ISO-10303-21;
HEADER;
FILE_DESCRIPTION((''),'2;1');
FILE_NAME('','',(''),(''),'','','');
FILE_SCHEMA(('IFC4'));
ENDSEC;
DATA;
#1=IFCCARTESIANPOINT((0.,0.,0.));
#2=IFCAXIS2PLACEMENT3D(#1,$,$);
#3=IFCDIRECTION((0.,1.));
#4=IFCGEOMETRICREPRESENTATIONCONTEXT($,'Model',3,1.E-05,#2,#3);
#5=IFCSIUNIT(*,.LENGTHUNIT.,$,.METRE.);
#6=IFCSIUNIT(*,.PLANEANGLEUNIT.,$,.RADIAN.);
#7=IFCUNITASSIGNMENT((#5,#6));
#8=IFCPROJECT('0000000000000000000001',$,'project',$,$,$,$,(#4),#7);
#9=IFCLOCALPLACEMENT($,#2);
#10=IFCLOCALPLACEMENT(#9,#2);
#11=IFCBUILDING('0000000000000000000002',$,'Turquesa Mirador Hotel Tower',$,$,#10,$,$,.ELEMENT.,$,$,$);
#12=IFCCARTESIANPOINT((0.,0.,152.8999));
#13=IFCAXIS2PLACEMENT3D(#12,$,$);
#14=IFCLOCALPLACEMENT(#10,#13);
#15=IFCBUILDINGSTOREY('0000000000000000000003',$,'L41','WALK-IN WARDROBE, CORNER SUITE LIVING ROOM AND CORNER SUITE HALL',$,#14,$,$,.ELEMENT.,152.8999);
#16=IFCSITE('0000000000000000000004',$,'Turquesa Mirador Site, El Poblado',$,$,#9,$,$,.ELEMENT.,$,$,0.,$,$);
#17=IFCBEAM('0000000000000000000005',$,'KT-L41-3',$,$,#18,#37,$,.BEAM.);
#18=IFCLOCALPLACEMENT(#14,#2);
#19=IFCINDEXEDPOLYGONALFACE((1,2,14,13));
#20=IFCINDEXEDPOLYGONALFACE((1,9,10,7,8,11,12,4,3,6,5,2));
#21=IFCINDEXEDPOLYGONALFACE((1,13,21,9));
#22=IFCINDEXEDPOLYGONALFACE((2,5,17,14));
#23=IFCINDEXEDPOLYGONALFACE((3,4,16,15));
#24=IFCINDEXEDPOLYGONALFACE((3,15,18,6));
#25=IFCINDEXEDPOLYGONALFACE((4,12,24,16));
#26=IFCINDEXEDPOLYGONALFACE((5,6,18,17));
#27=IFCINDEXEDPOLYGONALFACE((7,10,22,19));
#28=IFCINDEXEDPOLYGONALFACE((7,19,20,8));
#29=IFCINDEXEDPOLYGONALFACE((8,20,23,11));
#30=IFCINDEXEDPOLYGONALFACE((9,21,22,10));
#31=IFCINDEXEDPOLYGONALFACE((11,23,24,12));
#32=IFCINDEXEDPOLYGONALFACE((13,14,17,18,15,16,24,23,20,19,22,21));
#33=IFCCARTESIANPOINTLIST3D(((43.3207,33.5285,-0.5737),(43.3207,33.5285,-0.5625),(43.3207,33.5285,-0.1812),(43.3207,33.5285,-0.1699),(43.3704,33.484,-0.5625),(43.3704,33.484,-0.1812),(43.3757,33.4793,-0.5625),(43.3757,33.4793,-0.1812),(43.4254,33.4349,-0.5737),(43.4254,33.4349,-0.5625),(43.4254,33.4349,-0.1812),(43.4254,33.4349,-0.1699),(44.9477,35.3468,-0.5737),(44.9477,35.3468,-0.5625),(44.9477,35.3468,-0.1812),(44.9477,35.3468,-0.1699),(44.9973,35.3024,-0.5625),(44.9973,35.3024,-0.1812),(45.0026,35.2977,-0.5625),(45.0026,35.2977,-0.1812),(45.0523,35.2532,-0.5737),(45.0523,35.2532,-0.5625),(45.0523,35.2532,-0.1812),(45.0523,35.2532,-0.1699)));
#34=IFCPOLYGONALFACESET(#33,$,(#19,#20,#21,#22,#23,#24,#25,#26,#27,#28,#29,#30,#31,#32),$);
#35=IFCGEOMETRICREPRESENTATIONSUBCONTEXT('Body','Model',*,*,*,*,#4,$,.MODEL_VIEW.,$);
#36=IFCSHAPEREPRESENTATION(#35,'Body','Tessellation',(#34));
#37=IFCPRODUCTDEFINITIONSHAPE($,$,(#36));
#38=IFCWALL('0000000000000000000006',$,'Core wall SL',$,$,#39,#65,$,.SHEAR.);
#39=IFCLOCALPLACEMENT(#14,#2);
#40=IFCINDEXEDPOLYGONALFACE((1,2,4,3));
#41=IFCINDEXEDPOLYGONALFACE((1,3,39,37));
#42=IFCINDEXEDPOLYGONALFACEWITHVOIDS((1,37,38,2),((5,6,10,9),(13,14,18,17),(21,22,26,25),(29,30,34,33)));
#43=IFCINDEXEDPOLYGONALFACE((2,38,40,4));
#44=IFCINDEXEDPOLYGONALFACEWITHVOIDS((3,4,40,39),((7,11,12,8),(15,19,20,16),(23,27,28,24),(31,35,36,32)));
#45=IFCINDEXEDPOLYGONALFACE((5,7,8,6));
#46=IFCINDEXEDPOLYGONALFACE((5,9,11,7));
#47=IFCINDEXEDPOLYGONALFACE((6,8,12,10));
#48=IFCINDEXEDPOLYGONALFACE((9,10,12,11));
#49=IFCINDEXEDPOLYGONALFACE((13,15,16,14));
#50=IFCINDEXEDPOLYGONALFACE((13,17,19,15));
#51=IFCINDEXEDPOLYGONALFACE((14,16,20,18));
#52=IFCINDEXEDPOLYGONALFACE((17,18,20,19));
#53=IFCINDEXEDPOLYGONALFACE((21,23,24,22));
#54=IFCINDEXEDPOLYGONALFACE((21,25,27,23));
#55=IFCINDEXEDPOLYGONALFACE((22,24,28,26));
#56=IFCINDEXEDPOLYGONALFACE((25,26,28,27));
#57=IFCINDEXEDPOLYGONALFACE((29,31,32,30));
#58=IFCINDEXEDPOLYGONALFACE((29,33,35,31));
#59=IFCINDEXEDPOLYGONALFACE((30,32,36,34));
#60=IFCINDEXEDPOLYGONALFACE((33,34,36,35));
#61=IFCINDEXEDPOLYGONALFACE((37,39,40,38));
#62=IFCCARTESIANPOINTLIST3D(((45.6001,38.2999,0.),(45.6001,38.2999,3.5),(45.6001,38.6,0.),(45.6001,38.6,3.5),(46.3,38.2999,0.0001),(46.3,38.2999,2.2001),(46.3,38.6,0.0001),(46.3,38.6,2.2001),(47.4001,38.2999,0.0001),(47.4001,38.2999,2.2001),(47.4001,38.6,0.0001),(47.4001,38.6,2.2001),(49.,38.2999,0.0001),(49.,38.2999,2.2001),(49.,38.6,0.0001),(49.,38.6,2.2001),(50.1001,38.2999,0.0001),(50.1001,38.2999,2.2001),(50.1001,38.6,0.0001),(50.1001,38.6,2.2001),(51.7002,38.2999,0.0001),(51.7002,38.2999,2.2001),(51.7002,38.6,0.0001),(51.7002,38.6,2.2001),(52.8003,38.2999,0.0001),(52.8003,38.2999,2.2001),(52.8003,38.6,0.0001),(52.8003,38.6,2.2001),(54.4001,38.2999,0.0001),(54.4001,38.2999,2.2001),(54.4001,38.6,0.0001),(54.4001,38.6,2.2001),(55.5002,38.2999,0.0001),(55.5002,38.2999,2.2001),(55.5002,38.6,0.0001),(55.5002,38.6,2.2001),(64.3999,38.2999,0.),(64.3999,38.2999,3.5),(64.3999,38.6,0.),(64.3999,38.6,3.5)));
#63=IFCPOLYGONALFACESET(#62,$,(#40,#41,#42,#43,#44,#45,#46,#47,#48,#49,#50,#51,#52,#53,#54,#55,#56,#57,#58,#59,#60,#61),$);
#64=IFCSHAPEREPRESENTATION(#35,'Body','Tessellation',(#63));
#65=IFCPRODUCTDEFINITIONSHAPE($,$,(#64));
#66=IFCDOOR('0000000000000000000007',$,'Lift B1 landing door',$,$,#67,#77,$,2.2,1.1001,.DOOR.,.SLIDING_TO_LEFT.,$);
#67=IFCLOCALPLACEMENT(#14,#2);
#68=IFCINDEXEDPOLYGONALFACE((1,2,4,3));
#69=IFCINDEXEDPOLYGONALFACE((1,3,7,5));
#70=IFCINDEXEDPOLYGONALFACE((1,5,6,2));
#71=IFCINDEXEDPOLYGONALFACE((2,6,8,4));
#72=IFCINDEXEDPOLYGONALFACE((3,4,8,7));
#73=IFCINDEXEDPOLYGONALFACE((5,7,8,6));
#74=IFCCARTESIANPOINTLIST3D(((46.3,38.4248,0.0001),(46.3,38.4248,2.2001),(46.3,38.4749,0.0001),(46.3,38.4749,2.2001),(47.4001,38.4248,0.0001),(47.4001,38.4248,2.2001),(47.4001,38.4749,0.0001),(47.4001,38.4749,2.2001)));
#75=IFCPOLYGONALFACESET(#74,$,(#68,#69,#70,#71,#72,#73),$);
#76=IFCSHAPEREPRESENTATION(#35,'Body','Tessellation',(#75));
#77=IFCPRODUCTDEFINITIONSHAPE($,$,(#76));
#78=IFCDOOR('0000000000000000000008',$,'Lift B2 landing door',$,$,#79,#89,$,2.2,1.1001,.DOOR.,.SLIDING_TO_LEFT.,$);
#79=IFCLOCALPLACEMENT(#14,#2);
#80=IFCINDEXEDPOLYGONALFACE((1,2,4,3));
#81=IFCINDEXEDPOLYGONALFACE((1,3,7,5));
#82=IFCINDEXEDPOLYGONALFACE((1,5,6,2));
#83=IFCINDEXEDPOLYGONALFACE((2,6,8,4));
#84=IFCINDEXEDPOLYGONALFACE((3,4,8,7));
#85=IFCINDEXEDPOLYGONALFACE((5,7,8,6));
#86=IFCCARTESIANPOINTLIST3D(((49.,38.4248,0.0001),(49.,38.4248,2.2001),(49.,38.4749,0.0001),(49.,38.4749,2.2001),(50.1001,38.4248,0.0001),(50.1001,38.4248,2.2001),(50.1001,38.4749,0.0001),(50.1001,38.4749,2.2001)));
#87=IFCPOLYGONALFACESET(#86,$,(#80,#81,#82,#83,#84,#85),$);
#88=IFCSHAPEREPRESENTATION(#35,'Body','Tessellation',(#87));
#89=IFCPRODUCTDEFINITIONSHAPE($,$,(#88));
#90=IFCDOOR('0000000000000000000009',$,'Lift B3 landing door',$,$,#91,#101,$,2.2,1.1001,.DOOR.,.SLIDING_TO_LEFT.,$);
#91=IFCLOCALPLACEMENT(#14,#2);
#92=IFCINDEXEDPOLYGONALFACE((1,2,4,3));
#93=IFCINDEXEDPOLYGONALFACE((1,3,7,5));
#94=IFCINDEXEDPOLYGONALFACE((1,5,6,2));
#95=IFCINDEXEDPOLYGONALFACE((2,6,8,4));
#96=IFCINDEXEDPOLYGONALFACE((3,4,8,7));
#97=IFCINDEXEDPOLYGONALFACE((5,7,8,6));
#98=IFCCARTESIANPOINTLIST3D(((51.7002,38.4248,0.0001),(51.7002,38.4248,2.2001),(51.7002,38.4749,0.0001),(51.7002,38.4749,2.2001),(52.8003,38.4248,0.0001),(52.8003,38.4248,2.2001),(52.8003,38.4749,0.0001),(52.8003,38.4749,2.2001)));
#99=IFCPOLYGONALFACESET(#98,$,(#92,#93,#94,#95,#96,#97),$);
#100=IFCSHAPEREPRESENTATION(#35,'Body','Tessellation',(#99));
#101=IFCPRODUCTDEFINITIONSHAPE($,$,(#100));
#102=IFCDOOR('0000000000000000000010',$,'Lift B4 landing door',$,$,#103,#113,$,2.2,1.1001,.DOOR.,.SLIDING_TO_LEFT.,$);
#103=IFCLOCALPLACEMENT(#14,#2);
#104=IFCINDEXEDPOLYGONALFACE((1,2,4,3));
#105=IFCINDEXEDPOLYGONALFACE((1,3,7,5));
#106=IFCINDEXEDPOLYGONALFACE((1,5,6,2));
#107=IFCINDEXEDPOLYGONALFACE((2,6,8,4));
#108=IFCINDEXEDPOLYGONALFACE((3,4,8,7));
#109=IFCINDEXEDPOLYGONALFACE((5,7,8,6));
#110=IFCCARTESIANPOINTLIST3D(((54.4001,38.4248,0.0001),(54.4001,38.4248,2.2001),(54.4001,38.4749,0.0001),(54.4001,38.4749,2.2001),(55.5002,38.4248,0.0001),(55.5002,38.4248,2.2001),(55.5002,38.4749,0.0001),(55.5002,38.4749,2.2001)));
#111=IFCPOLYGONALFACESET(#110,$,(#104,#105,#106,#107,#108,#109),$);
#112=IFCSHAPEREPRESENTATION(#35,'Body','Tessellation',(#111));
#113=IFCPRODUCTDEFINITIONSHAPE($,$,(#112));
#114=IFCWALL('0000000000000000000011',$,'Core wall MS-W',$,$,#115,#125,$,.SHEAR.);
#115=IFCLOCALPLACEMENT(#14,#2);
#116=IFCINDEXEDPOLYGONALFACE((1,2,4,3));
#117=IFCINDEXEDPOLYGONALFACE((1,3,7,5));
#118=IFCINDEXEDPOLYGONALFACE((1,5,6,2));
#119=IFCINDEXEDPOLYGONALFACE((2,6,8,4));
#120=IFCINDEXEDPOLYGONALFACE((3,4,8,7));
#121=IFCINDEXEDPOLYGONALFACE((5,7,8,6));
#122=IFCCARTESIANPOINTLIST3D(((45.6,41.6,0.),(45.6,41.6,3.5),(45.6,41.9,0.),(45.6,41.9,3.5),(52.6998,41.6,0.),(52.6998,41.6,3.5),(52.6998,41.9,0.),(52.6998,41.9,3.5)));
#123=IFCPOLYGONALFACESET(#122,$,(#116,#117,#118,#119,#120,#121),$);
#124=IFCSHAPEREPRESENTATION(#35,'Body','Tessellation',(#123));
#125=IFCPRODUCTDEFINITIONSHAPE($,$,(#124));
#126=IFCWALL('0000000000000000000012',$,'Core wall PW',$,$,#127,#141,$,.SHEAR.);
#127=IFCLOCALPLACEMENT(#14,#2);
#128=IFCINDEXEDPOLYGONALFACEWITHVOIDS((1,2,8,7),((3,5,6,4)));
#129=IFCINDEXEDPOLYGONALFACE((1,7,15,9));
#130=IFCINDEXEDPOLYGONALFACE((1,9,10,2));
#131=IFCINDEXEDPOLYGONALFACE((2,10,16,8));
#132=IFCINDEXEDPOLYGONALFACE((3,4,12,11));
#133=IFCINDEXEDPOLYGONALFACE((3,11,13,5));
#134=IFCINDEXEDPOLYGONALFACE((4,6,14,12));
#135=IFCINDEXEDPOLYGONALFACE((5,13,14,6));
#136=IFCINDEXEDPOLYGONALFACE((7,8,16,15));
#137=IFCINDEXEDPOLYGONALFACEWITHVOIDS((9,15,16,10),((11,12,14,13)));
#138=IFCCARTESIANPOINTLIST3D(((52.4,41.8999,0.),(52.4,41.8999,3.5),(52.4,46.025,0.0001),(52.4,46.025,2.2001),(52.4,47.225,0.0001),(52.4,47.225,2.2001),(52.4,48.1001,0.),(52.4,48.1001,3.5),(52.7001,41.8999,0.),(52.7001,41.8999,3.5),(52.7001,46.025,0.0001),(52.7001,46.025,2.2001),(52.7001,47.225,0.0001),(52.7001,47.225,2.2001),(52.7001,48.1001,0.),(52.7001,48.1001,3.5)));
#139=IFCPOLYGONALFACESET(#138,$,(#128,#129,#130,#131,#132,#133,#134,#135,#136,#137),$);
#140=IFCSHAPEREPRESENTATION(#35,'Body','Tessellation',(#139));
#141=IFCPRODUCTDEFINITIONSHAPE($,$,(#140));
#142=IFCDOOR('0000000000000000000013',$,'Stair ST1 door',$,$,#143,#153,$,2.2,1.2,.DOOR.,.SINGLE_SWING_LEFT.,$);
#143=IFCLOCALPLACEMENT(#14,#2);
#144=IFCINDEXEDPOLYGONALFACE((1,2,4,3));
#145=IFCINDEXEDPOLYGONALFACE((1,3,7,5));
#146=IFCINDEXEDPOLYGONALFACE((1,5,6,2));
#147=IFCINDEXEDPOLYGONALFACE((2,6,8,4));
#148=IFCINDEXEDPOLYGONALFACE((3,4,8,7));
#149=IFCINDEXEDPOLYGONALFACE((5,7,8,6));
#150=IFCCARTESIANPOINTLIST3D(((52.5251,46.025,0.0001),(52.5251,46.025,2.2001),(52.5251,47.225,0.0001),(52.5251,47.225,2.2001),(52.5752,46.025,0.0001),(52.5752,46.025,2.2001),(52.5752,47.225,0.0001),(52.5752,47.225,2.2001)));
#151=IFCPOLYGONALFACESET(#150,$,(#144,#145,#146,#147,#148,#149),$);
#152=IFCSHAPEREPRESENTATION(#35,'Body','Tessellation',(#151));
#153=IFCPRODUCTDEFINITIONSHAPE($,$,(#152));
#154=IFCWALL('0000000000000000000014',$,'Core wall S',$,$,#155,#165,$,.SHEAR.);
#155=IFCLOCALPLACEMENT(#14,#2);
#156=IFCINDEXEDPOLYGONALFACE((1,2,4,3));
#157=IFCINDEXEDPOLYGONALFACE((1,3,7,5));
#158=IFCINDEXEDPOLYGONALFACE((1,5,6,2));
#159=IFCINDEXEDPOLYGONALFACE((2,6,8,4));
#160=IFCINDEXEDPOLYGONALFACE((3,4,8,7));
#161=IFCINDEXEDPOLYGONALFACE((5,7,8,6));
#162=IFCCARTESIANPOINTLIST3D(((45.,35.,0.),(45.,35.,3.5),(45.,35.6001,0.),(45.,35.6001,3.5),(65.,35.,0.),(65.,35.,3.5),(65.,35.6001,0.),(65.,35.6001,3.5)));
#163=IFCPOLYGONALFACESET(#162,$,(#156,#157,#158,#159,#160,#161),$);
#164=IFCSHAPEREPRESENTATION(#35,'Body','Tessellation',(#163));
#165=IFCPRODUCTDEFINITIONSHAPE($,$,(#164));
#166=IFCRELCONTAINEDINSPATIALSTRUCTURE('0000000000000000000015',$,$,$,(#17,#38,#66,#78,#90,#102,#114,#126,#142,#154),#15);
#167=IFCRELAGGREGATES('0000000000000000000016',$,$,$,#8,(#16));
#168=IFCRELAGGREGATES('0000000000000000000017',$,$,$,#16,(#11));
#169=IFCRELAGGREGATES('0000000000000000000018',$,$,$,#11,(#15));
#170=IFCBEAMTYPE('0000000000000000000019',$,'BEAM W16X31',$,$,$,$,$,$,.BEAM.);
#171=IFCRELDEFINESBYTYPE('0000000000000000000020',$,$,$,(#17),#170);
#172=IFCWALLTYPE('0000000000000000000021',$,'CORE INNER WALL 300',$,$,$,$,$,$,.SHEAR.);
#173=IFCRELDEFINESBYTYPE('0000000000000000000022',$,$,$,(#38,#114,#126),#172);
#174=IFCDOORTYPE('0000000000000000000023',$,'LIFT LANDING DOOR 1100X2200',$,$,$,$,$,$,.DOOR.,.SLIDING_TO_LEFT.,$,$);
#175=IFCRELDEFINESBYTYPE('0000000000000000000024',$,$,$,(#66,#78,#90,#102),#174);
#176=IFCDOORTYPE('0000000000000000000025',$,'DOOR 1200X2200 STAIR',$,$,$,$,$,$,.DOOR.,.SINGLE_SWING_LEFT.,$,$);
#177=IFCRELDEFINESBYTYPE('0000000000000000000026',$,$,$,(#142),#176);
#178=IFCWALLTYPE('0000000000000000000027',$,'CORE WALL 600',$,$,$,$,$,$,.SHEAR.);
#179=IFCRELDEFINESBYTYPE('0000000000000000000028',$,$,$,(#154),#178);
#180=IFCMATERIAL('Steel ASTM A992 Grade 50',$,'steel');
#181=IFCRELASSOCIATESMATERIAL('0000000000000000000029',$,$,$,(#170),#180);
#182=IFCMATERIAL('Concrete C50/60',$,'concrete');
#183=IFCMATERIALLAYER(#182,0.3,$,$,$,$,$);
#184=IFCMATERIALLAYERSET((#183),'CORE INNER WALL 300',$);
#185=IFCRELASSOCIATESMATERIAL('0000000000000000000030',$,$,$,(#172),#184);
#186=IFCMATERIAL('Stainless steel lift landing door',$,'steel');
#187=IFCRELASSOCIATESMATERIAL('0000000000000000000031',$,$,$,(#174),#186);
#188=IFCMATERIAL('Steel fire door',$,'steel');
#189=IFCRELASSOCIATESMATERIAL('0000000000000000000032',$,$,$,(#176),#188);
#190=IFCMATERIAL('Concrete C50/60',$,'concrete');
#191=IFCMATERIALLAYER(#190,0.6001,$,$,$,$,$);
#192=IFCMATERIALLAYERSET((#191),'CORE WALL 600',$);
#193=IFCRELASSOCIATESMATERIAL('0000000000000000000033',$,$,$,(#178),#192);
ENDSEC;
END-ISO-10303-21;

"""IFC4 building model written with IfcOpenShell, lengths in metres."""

from ifc_helpers import new_model, si_unit, direction, frame, frame_2d, origin, origin_2d, place, context, subcontext, project, spatial, rectangle, i_section, extrude, material, layer, layer_set, material_profile, profile_set, type_object, element, fill, save


model = new_model("IFC4")

# Units and contexts
model_context = context("Model", 3, precision=1e-05, world=origin(), true_north=direction((0.0, 1.0)))
body_context = subcontext(model_context, "Body", "Model", "MODEL_VIEW")
ifc_project = project(units=[si_unit("LENGTHUNIT", "METRE"), si_unit("PLANEANGLEUNIT", "RADIAN")], contexts=[model_context])

# Site, building, storey
site_placement = place(None, origin())
site = spatial("IfcSite", under=ifc_project, at=site_placement, Name="Turquesa Mirador Site, El Poblado", CompositionType="ELEMENT", RefElevation=0.0)
building_placement = place(site_placement, origin())
building = spatial("IfcBuilding", under=site, at=building_placement, Name="Turquesa Mirador Hotel Tower", CompositionType="ELEMENT")
storey_placement = place(building_placement, frame((0.0, 0.0, 152.8999)))
storey = spatial("IfcBuildingStorey", under=building, at=storey_placement, Name="L41", Description="WALK-IN WARDROBE, CORNER SUITE LIVING ROOM AND CORNER SUITE HALL", CompositionType="ELEMENT", Elevation=152.8999)

# Beam
ifc_material_1 = material(Name="Steel ASTM A992 Grade 50", Category="steel")
ifc_material_profile = material_profile(ifc_material_1, i_section(OverallWidth=0.1404, OverallDepth=0.4038, WebThickness=0.0071, FlangeThickness=0.0112, at=origin_2d()), Name="W16X31")
ifc_profile_set = profile_set([ifc_material_profile], Name="Steel ASTM A992 Grade 50")
beam_type = type_object("IfcBeamType", Name="BEAM W16X31", PredefinedType="BEAM", material=ifc_profile_set)
beam_placement = place(storey_placement, frame((43.373, 33.4817, -0.3718), z_axis=(0.666795, 0.745241, 0.0), x_axis=(-0.745241, 0.666795, 0.0)))
element("IfcBeam", 1, at=beam_placement, inside=storey, type_object=beam_type, Name="KT-L41-3", PredefinedType="BEAM", context=body_context, shape_type="SweptSolid", body=[
    extrude(i_section(OverallWidth=0.1404, OverallDepth=0.4038, WebThickness=0.0071, FlangeThickness=0.0112, at=origin_2d()), origin(), (0.0, 0.0, 1.0), 2.4399),
])

# Wall, openings, doors
ifc_material_2 = material(Name="Concrete C50/60", Category="concrete")
ifc_layer_1 = layer(ifc_material_2, 0.3)
ifc_layer_set_1 = layer_set([ifc_layer_1], Name="CORE INNER WALL 300")
wall_type_1 = type_object("IfcWallType", Name="CORE INNER WALL 300", PredefinedType="SHEAR", material=ifc_layer_set_1)
wall_1_placement = place(storey_placement, frame((45.6001, 38.45, 0.0), z_axis=(0.0, 0.0, 1.0), x_axis=(1.0, 0.0, 0.0)))
wall_1 = element("IfcWall", 2, at=wall_1_placement, inside=storey, type_object=wall_type_1, Name="Core wall SL", PredefinedType="SHEAR", context=body_context, shape_type="SweptSolid", body=[
    extrude(rectangle(XDim=18.7998, YDim=0.3, at=frame_2d((9.3999, 0.0))), origin(), (0.0, 0.0, 1.0), 3.5),
])
opening_1_placement = place(wall_1_placement, frame((0.7, 0.0, 0.0)))
opening_1 = element("IfcOpeningElement", 3, at=opening_1_placement, cuts=wall_1, PredefinedType="OPENING", context=body_context, shape_type="SweptSolid", body=[
    extrude(rectangle(XDim=1.1001, YDim=2.2, at=frame_2d((0.55, 1.1001))), frame((0.0, 0.1599, 0.0), z_axis=(0.0, -1.0, 0.0), x_axis=(1.0, 0.0, 0.0)), (0.0, 0.0, 1.0), 0.3201),
])
opening_2_placement = place(wall_1_placement, frame((3.3999, 0.0, 0.0)))
opening_2 = element("IfcOpeningElement", 4, at=opening_2_placement, cuts=wall_1, PredefinedType="OPENING", context=body_context, shape_type="SweptSolid", body=[
    extrude(rectangle(XDim=1.1001, YDim=2.2, at=frame_2d((0.55, 1.1001))), frame((0.0, 0.1599, 0.0), z_axis=(0.0, -1.0, 0.0), x_axis=(1.0, 0.0, 0.0)), (0.0, 0.0, 1.0), 0.3201),
])
opening_3_placement = place(wall_1_placement, frame((6.1001, 0.0, 0.0)))
opening_3 = element("IfcOpeningElement", 5, at=opening_3_placement, cuts=wall_1, PredefinedType="OPENING", context=body_context, shape_type="SweptSolid", body=[
    extrude(rectangle(XDim=1.1001, YDim=2.2, at=frame_2d((0.55, 1.1001))), frame((0.0, 0.1599, 0.0), z_axis=(0.0, -1.0, 0.0), x_axis=(1.0, 0.0, 0.0)), (0.0, 0.0, 1.0), 0.3201),
])
opening_4_placement = place(wall_1_placement, frame((8.8, 0.0, 0.0)))
opening_4 = element("IfcOpeningElement", 6, at=opening_4_placement, cuts=wall_1, PredefinedType="OPENING", context=body_context, shape_type="SweptSolid", body=[
    extrude(rectangle(XDim=1.1001, YDim=2.2, at=frame_2d((0.55, 1.1001))), frame((0.0, 0.1599, 0.0), z_axis=(0.0, -1.0, 0.0), x_axis=(1.0, 0.0, 0.0)), (0.0, 0.0, 1.0), 0.3201),
])
ifc_material_3 = material(Name="Stainless steel lift landing door", Category="steel")
door_type_1 = type_object("IfcDoorType", Name="LIFT LANDING DOOR 1100X2200", OperationType="SLIDING_TO_LEFT", PredefinedType="DOOR", material=ifc_material_3)
door_1_placement = place(opening_1_placement, origin())
door_1 = element("IfcDoor", 7, at=door_1_placement, inside=storey, type_object=door_type_1, Name="Lift B1 landing door", OperationType="SLIDING_TO_LEFT", OverallHeight=2.2, OverallWidth=1.1001, PredefinedType="DOOR", context=body_context, shape_type="SweptSolid", body=[
    extrude(rectangle(XDim=1.1001, YDim=2.2, at=frame_2d((0.55, 1.1001))), frame((0.0, 0.0249, 0.0), z_axis=(0.0, -1.0, 0.0), x_axis=(1.0, 0.0, 0.0)), (0.0, 0.0, 1.0), 0.05),
])
fill(opening_1, door_1)
door_2_placement = place(opening_2_placement, origin())
door_2 = element("IfcDoor", 8, at=door_2_placement, inside=storey, type_object=door_type_1, Name="Lift B2 landing door", OperationType="SLIDING_TO_LEFT", OverallHeight=2.2, OverallWidth=1.1001, PredefinedType="DOOR", context=body_context, shape_type="SweptSolid", body=[
    extrude(rectangle(XDim=1.1001, YDim=2.2, at=frame_2d((0.55, 1.1001))), frame((0.0, 0.0249, 0.0), z_axis=(0.0, -1.0, 0.0), x_axis=(1.0, 0.0, 0.0)), (0.0, 0.0, 1.0), 0.05),
])
fill(opening_2, door_2)
door_3_placement = place(opening_3_placement, origin())
door_3 = element("IfcDoor", 9, at=door_3_placement, inside=storey, type_object=door_type_1, Name="Lift B3 landing door", OperationType="SLIDING_TO_LEFT", OverallHeight=2.2, OverallWidth=1.1001, PredefinedType="DOOR", context=body_context, shape_type="SweptSolid", body=[
    extrude(rectangle(XDim=1.1001, YDim=2.2, at=frame_2d((0.55, 1.1001))), frame((0.0, 0.0249, 0.0), z_axis=(0.0, -1.0, 0.0), x_axis=(1.0, 0.0, 0.0)), (0.0, 0.0, 1.0), 0.05),
])
fill(opening_3, door_3)
door_4_placement = place(opening_4_placement, origin())
door_4 = element("IfcDoor", 10, at=door_4_placement, inside=storey, type_object=door_type_1, Name="Lift B4 landing door", OperationType="SLIDING_TO_LEFT", OverallHeight=2.2, OverallWidth=1.1001, PredefinedType="DOOR", context=body_context, shape_type="SweptSolid", body=[
    extrude(rectangle(XDim=1.1001, YDim=2.2, at=frame_2d((0.55, 1.1001))), frame((0.0, 0.0249, 0.0), z_axis=(0.0, -1.0, 0.0), x_axis=(1.0, 0.0, 0.0)), (0.0, 0.0, 1.0), 0.05),
])
fill(opening_4, door_4)

# Wall
wall_2_placement = place(storey_placement, frame((45.6001, 41.75, 0.0), z_axis=(0.0, 0.0, 1.0), x_axis=(1.0, 0.0, 0.0)))
element("IfcWall", 11, at=wall_2_placement, inside=storey, type_object=wall_type_1, Name="Core wall MS-W", PredefinedType="SHEAR", context=body_context, shape_type="SweptSolid", body=[
    extrude(rectangle(XDim=7.0999, YDim=0.3, at=frame_2d((3.5498, 0.0))), origin(), (0.0, 0.0, 1.0), 3.5),
])

# Wall, opening, door
wall_3_placement = place(storey_placement, frame((52.55, 41.8999, 0.0), z_axis=(0.0, 0.0, 1.0), x_axis=(0.0, 1.0, 0.0)))
wall_3 = element("IfcWall", 12, at=wall_3_placement, inside=storey, type_object=wall_type_1, Name="Core wall PW", PredefinedType="SHEAR", context=body_context, shape_type="SweptSolid", body=[
    extrude(rectangle(XDim=6.2002, YDim=0.3, at=frame_2d((3.1001, 0.0))), origin(), (0.0, 0.0, 1.0), 3.5),
])
opening_5_placement = place(wall_3_placement, frame((4.125, 0.0, 0.0)))
opening_5 = element("IfcOpeningElement", 13, at=opening_5_placement, cuts=wall_3, PredefinedType="OPENING", context=body_context, shape_type="SweptSolid", body=[
    extrude(rectangle(XDim=1.2, YDim=2.2, at=frame_2d((0.6001, 1.1001))), frame((0.0, 0.1599, 0.0), z_axis=(0.0, -1.0, 0.0), x_axis=(1.0, 0.0, 0.0)), (0.0, 0.0, 1.0), 0.3201),
])
ifc_material_4 = material(Name="Steel fire door", Category="steel")
door_type_2 = type_object("IfcDoorType", Name="DOOR 1200X2200 STAIR", OperationType="SINGLE_SWING_LEFT", PredefinedType="DOOR", material=ifc_material_4)
door_5_placement = place(opening_5_placement, origin())
door_5 = element("IfcDoor", 14, at=door_5_placement, inside=storey, type_object=door_type_2, Name="Stair ST1 door", OperationType="SINGLE_SWING_LEFT", OverallHeight=2.2, OverallWidth=1.2, PredefinedType="DOOR", context=body_context, shape_type="SweptSolid", body=[
    extrude(rectangle(XDim=1.2, YDim=2.2, at=frame_2d((0.6001, 1.1001))), frame((0.0, 0.0249, 0.0), z_axis=(0.0, -1.0, 0.0), x_axis=(1.0, 0.0, 0.0)), (0.0, 0.0, 1.0), 0.05),
])
fill(opening_5, door_5)

# Wall
ifc_material_5 = material(Name="Concrete C50/60", Category="concrete")
ifc_layer_2 = layer(ifc_material_5, 0.6001)
ifc_layer_set_2 = layer_set([ifc_layer_2], Name="CORE WALL 600")
wall_type_2 = type_object("IfcWallType", Name="CORE WALL 600", PredefinedType="SHEAR", material=ifc_layer_set_2)
wall_4_placement = place(storey_placement, frame((45.0, 35.3, 0.0), z_axis=(0.0, 0.0, 1.0), x_axis=(1.0, 0.0, 0.0)))
element("IfcWall", 15, at=wall_4_placement, inside=storey, type_object=wall_type_2, Name="Core wall S", PredefinedType="SHEAR", context=body_context, shape_type="SweptSolid", body=[
    extrude(rectangle(XDim=20.0, YDim=0.6001, at=frame_2d((10.0, 0.0))), origin(), (0.0, 0.0, 1.0), 3.5),
])

save(model, "model.ifc")
